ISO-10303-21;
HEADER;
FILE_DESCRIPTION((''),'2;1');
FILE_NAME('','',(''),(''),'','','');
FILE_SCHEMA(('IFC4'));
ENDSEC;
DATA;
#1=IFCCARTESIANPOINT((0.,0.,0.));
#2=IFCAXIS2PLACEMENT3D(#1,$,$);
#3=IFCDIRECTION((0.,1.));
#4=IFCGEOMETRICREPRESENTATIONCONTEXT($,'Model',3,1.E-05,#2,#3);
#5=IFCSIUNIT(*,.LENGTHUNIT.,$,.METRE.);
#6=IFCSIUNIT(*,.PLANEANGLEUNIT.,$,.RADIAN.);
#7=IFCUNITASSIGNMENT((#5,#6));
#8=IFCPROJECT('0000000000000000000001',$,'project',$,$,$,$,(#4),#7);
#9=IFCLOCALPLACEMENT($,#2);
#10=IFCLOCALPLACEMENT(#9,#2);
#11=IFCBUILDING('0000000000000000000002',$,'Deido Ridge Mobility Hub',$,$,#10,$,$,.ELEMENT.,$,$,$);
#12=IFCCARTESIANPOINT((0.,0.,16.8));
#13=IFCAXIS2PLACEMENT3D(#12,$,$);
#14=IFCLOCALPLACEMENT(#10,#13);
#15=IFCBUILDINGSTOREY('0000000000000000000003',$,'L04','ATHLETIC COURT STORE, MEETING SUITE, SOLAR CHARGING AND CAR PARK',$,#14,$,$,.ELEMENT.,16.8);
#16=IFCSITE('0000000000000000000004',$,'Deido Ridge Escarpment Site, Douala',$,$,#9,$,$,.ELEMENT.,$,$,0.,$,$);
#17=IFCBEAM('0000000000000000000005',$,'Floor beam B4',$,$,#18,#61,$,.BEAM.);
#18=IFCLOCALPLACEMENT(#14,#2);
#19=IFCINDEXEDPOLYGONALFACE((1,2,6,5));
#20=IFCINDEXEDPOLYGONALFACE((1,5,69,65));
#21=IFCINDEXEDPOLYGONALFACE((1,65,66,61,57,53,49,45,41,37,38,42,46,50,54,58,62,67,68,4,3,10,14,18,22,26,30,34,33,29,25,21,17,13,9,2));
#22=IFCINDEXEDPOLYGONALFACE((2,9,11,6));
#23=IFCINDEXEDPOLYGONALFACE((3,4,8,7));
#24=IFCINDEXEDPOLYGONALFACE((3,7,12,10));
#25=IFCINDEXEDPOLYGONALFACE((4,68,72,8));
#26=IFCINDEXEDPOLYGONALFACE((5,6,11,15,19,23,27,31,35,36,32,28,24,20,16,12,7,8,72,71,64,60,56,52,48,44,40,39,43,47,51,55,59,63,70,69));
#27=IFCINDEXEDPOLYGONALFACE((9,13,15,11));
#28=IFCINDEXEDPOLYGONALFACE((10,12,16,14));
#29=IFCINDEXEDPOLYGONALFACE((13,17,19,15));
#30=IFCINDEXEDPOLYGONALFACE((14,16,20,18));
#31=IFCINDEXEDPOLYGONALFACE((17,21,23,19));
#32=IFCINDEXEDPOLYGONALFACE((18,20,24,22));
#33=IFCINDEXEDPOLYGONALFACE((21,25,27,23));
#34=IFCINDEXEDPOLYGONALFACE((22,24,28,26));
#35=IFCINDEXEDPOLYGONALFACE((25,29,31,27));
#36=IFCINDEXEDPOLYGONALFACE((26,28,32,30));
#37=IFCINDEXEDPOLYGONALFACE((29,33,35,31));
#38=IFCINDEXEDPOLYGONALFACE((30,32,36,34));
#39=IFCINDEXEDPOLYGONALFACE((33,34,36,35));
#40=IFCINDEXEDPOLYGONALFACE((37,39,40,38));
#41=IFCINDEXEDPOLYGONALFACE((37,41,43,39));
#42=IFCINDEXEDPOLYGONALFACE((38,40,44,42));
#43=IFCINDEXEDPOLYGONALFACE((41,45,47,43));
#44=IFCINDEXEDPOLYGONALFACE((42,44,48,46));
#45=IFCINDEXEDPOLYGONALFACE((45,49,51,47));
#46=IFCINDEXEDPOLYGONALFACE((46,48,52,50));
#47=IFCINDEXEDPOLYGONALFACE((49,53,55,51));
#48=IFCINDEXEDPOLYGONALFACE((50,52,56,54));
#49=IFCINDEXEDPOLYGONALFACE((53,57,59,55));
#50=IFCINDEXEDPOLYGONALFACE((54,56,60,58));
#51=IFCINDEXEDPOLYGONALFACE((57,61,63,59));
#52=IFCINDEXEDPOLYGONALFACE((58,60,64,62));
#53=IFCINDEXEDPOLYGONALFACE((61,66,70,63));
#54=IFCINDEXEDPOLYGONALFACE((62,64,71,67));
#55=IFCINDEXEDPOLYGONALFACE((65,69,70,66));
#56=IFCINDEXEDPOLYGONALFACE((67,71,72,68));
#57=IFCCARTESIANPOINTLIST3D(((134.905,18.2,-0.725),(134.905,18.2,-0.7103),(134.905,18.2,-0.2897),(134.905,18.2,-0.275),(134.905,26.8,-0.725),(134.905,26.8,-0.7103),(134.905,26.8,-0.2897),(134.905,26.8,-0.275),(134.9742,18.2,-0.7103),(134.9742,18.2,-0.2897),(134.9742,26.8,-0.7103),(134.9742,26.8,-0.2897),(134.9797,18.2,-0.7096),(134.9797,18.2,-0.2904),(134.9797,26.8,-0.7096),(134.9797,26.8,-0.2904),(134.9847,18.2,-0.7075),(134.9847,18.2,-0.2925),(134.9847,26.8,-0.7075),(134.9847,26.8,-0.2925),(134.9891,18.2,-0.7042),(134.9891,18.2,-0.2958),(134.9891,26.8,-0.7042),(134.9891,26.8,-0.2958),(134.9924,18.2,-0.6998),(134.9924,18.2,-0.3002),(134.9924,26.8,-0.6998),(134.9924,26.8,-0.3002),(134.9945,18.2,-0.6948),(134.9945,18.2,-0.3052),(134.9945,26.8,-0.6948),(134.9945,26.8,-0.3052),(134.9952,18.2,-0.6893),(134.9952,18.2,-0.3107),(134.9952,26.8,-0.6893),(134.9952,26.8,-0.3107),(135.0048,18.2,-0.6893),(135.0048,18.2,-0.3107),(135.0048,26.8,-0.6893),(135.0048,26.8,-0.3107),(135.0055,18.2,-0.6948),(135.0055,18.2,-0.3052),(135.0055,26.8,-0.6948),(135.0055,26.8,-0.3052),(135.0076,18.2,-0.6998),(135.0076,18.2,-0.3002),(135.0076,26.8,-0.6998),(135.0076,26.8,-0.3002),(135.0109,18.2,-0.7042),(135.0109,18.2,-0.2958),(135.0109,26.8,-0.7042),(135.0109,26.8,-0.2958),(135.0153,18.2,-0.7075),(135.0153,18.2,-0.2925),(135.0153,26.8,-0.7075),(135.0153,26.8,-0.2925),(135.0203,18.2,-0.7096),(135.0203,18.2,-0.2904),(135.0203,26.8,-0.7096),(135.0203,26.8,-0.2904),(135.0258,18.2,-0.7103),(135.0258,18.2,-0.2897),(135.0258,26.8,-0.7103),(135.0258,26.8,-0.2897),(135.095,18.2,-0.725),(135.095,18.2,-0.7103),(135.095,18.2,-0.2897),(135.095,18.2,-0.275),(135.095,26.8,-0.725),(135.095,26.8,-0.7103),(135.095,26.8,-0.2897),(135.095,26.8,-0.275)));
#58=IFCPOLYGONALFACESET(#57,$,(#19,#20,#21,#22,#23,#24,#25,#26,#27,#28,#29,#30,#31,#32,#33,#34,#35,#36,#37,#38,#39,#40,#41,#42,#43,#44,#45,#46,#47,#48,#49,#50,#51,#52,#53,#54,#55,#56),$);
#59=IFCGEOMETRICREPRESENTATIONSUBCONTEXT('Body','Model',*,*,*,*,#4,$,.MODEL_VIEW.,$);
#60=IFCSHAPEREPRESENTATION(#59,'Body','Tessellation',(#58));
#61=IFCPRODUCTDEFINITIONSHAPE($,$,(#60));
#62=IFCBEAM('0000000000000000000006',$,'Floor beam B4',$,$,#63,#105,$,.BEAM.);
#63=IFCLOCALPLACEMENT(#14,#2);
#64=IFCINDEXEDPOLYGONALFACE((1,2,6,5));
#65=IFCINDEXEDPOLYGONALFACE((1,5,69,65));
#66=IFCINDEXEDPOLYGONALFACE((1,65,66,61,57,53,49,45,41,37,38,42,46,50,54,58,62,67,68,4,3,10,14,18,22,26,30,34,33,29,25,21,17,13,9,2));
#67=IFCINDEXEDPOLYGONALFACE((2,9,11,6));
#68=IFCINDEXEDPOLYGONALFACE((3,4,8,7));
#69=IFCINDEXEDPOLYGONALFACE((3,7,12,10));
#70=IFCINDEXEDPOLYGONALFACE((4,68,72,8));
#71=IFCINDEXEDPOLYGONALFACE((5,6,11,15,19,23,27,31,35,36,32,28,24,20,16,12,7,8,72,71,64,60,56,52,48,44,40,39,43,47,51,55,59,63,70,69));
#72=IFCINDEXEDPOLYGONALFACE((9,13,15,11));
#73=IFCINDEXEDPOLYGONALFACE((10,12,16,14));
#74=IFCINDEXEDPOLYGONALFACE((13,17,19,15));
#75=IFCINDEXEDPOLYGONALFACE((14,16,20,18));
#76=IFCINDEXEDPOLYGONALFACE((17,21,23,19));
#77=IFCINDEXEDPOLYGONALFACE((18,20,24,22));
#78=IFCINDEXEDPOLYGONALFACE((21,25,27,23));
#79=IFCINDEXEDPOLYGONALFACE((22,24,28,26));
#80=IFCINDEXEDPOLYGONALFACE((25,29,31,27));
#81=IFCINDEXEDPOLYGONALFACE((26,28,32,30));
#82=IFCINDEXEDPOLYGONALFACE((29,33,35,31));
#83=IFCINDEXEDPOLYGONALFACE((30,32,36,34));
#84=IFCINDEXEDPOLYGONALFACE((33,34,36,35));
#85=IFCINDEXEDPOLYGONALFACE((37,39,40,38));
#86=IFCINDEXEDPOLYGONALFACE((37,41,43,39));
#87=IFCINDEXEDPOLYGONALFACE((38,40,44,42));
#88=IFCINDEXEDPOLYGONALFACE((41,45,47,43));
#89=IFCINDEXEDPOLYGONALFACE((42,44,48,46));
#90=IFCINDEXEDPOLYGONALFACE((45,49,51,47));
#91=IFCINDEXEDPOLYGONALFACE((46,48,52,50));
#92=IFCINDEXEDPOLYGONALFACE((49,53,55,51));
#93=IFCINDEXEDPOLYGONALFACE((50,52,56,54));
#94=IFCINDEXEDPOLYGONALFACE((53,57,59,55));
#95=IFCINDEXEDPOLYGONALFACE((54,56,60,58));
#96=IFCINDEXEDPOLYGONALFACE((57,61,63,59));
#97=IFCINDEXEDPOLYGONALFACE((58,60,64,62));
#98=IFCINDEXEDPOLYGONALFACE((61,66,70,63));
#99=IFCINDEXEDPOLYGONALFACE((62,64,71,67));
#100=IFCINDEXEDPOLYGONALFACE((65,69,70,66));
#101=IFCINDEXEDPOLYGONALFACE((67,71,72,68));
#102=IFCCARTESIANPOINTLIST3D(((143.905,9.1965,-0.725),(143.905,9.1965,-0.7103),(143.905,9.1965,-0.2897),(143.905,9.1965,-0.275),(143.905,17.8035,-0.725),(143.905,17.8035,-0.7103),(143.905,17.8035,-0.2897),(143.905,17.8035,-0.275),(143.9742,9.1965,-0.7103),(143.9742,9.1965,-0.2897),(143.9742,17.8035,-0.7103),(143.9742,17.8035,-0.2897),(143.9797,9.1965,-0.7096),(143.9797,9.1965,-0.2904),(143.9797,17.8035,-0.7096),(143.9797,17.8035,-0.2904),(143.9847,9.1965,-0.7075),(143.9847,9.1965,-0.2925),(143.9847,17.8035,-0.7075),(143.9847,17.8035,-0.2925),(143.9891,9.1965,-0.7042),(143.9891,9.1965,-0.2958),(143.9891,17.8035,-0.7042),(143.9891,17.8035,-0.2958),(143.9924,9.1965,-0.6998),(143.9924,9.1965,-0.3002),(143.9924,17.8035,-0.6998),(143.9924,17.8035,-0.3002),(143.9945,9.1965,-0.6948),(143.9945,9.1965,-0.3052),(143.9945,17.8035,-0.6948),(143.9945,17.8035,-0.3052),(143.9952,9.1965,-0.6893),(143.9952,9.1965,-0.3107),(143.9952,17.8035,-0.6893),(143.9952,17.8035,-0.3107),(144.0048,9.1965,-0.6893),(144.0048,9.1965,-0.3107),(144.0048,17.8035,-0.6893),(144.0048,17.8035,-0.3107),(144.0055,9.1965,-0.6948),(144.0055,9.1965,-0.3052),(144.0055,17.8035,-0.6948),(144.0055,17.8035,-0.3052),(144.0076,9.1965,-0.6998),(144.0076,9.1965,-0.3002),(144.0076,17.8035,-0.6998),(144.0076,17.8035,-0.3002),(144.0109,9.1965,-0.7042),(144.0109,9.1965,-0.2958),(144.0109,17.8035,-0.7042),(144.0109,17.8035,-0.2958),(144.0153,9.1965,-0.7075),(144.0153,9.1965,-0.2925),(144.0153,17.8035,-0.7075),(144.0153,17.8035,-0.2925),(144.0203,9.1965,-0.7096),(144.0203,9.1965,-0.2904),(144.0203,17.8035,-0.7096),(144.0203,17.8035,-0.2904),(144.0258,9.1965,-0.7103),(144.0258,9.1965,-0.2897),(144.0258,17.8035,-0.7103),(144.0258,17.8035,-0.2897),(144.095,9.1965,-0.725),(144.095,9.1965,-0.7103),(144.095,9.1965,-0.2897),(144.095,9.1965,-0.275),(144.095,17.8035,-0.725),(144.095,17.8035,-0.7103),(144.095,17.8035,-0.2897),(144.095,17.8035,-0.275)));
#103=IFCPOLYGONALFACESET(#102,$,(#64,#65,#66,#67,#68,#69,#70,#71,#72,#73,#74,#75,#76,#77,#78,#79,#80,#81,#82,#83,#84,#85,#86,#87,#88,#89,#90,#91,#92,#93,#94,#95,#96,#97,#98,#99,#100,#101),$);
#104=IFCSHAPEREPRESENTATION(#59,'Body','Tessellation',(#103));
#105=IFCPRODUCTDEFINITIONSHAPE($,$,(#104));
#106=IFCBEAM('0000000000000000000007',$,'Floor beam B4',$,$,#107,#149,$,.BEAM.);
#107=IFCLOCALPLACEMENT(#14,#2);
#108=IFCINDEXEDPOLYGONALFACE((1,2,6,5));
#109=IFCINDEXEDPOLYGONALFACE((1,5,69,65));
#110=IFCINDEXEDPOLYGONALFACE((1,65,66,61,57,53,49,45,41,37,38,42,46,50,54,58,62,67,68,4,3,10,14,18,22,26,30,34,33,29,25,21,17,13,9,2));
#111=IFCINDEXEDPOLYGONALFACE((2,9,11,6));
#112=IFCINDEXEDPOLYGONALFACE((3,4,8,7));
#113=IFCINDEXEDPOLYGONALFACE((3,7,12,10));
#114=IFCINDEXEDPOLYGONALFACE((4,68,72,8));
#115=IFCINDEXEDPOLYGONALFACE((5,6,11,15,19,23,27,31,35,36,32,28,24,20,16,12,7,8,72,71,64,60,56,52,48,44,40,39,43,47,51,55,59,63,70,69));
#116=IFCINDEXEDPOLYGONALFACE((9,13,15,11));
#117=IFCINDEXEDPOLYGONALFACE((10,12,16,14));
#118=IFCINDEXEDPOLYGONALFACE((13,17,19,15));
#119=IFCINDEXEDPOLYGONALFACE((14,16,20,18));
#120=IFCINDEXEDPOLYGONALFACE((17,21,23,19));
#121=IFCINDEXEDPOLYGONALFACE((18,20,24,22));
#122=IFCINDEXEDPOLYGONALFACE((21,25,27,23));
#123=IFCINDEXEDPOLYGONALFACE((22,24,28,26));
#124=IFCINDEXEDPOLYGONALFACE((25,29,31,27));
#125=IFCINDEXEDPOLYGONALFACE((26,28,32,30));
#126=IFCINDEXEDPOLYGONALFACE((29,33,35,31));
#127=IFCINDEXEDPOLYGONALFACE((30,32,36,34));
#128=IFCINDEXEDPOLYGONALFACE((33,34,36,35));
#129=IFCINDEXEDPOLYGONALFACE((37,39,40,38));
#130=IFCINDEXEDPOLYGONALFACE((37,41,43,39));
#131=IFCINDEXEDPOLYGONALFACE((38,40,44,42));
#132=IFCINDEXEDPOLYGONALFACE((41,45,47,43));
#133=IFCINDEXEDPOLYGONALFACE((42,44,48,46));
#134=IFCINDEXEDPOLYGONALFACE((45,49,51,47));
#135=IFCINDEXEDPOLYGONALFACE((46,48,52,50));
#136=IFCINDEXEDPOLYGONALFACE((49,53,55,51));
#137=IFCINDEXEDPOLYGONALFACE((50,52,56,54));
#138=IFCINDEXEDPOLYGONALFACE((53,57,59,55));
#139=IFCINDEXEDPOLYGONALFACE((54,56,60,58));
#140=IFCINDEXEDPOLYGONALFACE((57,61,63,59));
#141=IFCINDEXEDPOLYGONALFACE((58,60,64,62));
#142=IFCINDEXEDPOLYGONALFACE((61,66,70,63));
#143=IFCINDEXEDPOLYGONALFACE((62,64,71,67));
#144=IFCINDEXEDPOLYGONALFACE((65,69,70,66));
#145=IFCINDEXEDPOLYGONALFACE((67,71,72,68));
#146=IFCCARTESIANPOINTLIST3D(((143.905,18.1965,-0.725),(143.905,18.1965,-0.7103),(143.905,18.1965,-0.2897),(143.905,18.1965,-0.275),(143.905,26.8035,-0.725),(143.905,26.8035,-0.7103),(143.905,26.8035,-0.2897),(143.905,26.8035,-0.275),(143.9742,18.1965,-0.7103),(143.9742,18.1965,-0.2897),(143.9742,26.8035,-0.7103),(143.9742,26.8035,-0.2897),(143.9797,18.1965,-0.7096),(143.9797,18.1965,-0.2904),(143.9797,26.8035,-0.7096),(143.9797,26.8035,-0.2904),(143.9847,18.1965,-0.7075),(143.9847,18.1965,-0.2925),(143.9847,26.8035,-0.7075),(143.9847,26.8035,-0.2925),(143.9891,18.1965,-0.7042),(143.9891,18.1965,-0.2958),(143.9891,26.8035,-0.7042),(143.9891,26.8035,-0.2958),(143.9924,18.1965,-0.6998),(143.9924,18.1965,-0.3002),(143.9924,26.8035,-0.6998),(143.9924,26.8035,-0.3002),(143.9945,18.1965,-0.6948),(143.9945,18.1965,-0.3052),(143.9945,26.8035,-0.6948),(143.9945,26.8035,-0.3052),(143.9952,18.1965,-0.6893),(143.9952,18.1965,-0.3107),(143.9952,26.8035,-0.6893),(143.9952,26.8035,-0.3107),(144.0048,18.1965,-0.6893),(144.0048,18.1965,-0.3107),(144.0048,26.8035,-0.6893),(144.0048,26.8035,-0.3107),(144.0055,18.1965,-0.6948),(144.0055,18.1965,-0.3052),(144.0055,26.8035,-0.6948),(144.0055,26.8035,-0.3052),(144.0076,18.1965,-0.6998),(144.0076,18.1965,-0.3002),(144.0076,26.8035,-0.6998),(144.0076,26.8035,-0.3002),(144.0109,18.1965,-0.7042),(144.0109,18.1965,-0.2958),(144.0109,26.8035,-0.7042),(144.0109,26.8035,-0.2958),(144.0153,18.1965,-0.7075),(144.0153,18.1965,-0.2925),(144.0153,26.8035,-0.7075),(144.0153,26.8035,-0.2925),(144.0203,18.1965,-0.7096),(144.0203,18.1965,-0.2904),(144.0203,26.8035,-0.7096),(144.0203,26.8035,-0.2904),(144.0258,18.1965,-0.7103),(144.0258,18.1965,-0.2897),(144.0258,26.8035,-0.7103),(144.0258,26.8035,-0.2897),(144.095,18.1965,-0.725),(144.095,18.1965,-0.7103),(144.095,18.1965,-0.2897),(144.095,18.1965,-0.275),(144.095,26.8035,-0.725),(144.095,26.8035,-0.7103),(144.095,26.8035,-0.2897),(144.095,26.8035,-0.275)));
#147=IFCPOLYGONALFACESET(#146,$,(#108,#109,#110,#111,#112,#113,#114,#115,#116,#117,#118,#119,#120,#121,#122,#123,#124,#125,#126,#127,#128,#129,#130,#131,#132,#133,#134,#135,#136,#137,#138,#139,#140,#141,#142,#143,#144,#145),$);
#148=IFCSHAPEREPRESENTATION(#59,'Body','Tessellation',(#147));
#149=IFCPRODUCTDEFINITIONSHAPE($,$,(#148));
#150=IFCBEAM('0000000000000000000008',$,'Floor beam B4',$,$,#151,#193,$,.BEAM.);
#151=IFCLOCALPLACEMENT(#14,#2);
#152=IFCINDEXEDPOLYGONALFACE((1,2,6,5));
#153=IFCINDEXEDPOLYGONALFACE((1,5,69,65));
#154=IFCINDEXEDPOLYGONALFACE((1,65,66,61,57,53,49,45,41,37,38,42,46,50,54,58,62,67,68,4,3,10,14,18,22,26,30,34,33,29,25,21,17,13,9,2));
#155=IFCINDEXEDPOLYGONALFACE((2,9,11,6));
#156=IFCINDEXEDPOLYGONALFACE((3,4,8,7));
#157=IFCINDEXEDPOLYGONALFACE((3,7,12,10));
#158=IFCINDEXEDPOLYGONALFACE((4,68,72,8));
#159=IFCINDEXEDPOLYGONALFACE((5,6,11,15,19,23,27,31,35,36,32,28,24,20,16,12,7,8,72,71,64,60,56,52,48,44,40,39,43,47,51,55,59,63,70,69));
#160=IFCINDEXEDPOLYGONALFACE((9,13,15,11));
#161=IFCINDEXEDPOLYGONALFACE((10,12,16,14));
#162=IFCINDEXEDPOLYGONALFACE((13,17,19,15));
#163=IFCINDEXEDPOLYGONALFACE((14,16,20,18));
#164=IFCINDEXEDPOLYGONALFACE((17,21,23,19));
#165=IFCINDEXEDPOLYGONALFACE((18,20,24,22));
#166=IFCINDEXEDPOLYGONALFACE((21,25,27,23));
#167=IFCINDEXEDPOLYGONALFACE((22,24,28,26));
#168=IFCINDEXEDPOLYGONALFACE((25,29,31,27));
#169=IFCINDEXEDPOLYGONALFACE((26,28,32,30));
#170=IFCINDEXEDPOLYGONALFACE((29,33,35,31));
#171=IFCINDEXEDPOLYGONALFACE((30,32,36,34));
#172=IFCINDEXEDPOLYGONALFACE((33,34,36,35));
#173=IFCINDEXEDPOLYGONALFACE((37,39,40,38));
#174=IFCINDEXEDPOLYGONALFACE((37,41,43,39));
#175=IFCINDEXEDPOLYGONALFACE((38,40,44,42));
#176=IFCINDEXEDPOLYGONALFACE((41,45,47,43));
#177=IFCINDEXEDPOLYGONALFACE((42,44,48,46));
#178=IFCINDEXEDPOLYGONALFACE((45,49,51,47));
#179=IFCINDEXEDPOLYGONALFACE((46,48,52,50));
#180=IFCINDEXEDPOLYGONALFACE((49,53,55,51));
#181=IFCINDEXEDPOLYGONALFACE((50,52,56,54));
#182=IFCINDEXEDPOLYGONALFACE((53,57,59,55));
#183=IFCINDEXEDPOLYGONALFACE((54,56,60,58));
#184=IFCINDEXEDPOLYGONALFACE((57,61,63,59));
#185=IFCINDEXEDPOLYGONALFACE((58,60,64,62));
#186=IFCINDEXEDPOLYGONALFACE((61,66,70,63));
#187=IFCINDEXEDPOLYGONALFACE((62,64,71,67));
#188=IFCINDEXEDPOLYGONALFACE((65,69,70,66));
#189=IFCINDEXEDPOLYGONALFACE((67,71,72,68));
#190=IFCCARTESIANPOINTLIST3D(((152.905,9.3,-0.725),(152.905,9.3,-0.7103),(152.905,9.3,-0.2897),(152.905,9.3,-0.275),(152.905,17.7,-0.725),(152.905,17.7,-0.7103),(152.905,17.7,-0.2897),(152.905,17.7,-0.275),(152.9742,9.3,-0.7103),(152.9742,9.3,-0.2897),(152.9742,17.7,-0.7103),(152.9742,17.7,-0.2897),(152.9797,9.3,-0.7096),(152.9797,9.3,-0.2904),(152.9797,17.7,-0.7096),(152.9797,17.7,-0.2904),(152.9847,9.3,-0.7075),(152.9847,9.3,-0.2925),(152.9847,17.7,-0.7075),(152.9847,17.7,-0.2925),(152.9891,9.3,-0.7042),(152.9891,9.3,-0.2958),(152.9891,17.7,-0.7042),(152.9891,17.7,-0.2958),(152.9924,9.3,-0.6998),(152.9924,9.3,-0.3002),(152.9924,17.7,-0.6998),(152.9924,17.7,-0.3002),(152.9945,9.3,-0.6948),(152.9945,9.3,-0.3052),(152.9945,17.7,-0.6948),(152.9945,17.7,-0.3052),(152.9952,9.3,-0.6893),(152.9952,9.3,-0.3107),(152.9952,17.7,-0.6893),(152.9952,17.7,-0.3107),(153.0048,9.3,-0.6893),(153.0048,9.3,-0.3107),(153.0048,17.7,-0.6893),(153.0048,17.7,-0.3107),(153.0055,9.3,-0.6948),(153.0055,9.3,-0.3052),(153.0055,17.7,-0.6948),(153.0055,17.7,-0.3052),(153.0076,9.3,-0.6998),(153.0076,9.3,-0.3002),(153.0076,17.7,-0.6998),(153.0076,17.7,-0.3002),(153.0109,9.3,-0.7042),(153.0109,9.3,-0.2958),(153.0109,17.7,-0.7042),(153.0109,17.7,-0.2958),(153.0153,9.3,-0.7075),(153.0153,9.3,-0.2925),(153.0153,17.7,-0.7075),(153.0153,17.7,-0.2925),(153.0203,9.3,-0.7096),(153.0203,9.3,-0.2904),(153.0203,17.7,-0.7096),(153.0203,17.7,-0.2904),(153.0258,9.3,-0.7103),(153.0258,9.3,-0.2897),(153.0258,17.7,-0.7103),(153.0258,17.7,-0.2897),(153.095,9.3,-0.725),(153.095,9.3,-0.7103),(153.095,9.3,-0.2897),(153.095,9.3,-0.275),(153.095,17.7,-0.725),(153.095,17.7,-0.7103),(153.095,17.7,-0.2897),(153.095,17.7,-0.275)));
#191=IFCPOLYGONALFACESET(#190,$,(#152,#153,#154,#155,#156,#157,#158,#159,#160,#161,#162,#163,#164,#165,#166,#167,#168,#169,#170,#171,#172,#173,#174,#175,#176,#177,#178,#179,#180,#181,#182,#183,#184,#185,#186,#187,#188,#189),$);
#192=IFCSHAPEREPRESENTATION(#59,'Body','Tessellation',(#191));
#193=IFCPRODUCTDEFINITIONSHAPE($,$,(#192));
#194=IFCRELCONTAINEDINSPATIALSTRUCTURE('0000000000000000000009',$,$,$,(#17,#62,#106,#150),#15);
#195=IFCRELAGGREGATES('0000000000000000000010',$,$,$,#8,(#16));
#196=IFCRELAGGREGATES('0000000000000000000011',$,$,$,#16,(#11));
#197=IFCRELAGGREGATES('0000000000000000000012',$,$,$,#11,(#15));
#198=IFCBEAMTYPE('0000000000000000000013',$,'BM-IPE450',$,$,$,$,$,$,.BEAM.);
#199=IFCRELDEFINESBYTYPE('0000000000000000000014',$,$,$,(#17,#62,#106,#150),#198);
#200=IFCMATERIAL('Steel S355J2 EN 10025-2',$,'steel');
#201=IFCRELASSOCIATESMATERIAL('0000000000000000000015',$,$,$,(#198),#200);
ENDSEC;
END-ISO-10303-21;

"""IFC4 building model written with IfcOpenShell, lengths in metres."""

from ifc_helpers import new_model, si_unit, direction, frame, origin, origin_2d, place, context, subcontext, project, spatial, i_section, extrude, material, material_profile, profile_set, type_object, element, save


model = new_model("IFC4")

# Units and contexts
model_context = context("Model", 3, precision=1e-05, world=origin(), true_north=direction((0.0, 1.0)))
body_context = subcontext(model_context, "Body", "Model", "MODEL_VIEW")
ifc_project = project(units=[si_unit("LENGTHUNIT", "METRE"), si_unit("PLANEANGLEUNIT", "RADIAN")], contexts=[model_context])

# Site, building, storey
site_placement = place(None, origin())
site = spatial("IfcSite", under=ifc_project, at=site_placement, Name="Deido Ridge Escarpment Site, Douala", CompositionType="ELEMENT", RefElevation=0.0)
building_placement = place(site_placement, origin())
building = spatial("IfcBuilding", under=site, at=building_placement, Name="Deido Ridge Mobility Hub", CompositionType="ELEMENT")
storey_placement = place(building_placement, frame((0.0, 0.0, 16.8)))
storey = spatial("IfcBuildingStorey", under=building, at=storey_placement, Name="L04", Description="ATHLETIC COURT STORE, MEETING SUITE, SOLAR CHARGING AND CAR PARK", CompositionType="ELEMENT", Elevation=16.8)

# Shared definitions
ifc_material_1 = material(Name="Steel S355J2 EN 10025-2", Category="steel")

# Beams
ifc_material_profile_1 = material_profile(ifc_material_1, i_section(OverallWidth=0.1899, OverallDepth=0.45, WebThickness=0.0095, FlangeThickness=0.0146, FilletRadius=0.021, at=origin_2d()), Name="IPE 450")
ifc_profile_set_1 = profile_set([ifc_material_profile_1], Name="Steel S355J2 EN 10025-2")
beam_type_1 = type_object("IfcBeamType", Name="BM-IPE450", PredefinedType="BEAM", material=ifc_profile_set_1)
for number, where, z_axis, x_axis, name in (
    (1, (135.0, 18.2, -0.5), (0.0, 1.0, 0.0), (-1.0, 0.0, 0.0), "Floor beam B4"),
):
    element("IfcBeam", number, at=place(storey_placement, frame(where, z_axis=z_axis, x_axis=x_axis)), inside=storey, type_object=beam_type_1, Name=name, PredefinedType="BEAM", context=body_context, shape_type="SweptSolid", body=[
        extrude(i_section(OverallWidth=0.1899, OverallDepth=0.45, WebThickness=0.0095, FlangeThickness=0.0146, FilletRadius=0.021, at=origin_2d()), origin(), (0.0, 0.0, 1.0), 8.6001),
    ])
for number, where, z_axis, x_axis, name in (
    (2, (144.0, 9.1965, -0.5), (0.0, 1.0, 0.0), (-1.0, 0.0, 0.0), "Floor beam B4"),
    (3, (144.0, 18.1965, -0.5), (0.0, 1.0, 0.0), (-1.0, 0.0, 0.0), "Floor beam B4"),
):
    element("IfcBeam", number, at=place(storey_placement, frame(where, z_axis=z_axis, x_axis=x_axis)), inside=storey, type_object=beam_type_1, Name=name, PredefinedType="BEAM", context=body_context, shape_type="SweptSolid", body=[
        extrude(i_section(OverallWidth=0.1899, OverallDepth=0.45, WebThickness=0.0095, FlangeThickness=0.0146, FilletRadius=0.021, at=origin_2d()), origin(), (0.0, 0.0, 1.0), 8.6069),
    ])
beam_1_placement = place(storey_placement, frame((153.0, 9.3, -0.5), z_axis=(0.0, 1.0, 0.0), x_axis=(-1.0, 0.0, 0.0)))
element("IfcBeam", 4, at=beam_1_placement, inside=storey, type_object=beam_type_1, Name="Floor beam B4", PredefinedType="BEAM", context=body_context, shape_type="SweptSolid", body=[
    extrude(i_section(OverallWidth=0.1899, OverallDepth=0.45, WebThickness=0.0095, FlangeThickness=0.0146, FilletRadius=0.021, at=origin_2d()), origin(), (0.0, 0.0, 1.0), 8.3999),
])

save(model, "model.ifc")
